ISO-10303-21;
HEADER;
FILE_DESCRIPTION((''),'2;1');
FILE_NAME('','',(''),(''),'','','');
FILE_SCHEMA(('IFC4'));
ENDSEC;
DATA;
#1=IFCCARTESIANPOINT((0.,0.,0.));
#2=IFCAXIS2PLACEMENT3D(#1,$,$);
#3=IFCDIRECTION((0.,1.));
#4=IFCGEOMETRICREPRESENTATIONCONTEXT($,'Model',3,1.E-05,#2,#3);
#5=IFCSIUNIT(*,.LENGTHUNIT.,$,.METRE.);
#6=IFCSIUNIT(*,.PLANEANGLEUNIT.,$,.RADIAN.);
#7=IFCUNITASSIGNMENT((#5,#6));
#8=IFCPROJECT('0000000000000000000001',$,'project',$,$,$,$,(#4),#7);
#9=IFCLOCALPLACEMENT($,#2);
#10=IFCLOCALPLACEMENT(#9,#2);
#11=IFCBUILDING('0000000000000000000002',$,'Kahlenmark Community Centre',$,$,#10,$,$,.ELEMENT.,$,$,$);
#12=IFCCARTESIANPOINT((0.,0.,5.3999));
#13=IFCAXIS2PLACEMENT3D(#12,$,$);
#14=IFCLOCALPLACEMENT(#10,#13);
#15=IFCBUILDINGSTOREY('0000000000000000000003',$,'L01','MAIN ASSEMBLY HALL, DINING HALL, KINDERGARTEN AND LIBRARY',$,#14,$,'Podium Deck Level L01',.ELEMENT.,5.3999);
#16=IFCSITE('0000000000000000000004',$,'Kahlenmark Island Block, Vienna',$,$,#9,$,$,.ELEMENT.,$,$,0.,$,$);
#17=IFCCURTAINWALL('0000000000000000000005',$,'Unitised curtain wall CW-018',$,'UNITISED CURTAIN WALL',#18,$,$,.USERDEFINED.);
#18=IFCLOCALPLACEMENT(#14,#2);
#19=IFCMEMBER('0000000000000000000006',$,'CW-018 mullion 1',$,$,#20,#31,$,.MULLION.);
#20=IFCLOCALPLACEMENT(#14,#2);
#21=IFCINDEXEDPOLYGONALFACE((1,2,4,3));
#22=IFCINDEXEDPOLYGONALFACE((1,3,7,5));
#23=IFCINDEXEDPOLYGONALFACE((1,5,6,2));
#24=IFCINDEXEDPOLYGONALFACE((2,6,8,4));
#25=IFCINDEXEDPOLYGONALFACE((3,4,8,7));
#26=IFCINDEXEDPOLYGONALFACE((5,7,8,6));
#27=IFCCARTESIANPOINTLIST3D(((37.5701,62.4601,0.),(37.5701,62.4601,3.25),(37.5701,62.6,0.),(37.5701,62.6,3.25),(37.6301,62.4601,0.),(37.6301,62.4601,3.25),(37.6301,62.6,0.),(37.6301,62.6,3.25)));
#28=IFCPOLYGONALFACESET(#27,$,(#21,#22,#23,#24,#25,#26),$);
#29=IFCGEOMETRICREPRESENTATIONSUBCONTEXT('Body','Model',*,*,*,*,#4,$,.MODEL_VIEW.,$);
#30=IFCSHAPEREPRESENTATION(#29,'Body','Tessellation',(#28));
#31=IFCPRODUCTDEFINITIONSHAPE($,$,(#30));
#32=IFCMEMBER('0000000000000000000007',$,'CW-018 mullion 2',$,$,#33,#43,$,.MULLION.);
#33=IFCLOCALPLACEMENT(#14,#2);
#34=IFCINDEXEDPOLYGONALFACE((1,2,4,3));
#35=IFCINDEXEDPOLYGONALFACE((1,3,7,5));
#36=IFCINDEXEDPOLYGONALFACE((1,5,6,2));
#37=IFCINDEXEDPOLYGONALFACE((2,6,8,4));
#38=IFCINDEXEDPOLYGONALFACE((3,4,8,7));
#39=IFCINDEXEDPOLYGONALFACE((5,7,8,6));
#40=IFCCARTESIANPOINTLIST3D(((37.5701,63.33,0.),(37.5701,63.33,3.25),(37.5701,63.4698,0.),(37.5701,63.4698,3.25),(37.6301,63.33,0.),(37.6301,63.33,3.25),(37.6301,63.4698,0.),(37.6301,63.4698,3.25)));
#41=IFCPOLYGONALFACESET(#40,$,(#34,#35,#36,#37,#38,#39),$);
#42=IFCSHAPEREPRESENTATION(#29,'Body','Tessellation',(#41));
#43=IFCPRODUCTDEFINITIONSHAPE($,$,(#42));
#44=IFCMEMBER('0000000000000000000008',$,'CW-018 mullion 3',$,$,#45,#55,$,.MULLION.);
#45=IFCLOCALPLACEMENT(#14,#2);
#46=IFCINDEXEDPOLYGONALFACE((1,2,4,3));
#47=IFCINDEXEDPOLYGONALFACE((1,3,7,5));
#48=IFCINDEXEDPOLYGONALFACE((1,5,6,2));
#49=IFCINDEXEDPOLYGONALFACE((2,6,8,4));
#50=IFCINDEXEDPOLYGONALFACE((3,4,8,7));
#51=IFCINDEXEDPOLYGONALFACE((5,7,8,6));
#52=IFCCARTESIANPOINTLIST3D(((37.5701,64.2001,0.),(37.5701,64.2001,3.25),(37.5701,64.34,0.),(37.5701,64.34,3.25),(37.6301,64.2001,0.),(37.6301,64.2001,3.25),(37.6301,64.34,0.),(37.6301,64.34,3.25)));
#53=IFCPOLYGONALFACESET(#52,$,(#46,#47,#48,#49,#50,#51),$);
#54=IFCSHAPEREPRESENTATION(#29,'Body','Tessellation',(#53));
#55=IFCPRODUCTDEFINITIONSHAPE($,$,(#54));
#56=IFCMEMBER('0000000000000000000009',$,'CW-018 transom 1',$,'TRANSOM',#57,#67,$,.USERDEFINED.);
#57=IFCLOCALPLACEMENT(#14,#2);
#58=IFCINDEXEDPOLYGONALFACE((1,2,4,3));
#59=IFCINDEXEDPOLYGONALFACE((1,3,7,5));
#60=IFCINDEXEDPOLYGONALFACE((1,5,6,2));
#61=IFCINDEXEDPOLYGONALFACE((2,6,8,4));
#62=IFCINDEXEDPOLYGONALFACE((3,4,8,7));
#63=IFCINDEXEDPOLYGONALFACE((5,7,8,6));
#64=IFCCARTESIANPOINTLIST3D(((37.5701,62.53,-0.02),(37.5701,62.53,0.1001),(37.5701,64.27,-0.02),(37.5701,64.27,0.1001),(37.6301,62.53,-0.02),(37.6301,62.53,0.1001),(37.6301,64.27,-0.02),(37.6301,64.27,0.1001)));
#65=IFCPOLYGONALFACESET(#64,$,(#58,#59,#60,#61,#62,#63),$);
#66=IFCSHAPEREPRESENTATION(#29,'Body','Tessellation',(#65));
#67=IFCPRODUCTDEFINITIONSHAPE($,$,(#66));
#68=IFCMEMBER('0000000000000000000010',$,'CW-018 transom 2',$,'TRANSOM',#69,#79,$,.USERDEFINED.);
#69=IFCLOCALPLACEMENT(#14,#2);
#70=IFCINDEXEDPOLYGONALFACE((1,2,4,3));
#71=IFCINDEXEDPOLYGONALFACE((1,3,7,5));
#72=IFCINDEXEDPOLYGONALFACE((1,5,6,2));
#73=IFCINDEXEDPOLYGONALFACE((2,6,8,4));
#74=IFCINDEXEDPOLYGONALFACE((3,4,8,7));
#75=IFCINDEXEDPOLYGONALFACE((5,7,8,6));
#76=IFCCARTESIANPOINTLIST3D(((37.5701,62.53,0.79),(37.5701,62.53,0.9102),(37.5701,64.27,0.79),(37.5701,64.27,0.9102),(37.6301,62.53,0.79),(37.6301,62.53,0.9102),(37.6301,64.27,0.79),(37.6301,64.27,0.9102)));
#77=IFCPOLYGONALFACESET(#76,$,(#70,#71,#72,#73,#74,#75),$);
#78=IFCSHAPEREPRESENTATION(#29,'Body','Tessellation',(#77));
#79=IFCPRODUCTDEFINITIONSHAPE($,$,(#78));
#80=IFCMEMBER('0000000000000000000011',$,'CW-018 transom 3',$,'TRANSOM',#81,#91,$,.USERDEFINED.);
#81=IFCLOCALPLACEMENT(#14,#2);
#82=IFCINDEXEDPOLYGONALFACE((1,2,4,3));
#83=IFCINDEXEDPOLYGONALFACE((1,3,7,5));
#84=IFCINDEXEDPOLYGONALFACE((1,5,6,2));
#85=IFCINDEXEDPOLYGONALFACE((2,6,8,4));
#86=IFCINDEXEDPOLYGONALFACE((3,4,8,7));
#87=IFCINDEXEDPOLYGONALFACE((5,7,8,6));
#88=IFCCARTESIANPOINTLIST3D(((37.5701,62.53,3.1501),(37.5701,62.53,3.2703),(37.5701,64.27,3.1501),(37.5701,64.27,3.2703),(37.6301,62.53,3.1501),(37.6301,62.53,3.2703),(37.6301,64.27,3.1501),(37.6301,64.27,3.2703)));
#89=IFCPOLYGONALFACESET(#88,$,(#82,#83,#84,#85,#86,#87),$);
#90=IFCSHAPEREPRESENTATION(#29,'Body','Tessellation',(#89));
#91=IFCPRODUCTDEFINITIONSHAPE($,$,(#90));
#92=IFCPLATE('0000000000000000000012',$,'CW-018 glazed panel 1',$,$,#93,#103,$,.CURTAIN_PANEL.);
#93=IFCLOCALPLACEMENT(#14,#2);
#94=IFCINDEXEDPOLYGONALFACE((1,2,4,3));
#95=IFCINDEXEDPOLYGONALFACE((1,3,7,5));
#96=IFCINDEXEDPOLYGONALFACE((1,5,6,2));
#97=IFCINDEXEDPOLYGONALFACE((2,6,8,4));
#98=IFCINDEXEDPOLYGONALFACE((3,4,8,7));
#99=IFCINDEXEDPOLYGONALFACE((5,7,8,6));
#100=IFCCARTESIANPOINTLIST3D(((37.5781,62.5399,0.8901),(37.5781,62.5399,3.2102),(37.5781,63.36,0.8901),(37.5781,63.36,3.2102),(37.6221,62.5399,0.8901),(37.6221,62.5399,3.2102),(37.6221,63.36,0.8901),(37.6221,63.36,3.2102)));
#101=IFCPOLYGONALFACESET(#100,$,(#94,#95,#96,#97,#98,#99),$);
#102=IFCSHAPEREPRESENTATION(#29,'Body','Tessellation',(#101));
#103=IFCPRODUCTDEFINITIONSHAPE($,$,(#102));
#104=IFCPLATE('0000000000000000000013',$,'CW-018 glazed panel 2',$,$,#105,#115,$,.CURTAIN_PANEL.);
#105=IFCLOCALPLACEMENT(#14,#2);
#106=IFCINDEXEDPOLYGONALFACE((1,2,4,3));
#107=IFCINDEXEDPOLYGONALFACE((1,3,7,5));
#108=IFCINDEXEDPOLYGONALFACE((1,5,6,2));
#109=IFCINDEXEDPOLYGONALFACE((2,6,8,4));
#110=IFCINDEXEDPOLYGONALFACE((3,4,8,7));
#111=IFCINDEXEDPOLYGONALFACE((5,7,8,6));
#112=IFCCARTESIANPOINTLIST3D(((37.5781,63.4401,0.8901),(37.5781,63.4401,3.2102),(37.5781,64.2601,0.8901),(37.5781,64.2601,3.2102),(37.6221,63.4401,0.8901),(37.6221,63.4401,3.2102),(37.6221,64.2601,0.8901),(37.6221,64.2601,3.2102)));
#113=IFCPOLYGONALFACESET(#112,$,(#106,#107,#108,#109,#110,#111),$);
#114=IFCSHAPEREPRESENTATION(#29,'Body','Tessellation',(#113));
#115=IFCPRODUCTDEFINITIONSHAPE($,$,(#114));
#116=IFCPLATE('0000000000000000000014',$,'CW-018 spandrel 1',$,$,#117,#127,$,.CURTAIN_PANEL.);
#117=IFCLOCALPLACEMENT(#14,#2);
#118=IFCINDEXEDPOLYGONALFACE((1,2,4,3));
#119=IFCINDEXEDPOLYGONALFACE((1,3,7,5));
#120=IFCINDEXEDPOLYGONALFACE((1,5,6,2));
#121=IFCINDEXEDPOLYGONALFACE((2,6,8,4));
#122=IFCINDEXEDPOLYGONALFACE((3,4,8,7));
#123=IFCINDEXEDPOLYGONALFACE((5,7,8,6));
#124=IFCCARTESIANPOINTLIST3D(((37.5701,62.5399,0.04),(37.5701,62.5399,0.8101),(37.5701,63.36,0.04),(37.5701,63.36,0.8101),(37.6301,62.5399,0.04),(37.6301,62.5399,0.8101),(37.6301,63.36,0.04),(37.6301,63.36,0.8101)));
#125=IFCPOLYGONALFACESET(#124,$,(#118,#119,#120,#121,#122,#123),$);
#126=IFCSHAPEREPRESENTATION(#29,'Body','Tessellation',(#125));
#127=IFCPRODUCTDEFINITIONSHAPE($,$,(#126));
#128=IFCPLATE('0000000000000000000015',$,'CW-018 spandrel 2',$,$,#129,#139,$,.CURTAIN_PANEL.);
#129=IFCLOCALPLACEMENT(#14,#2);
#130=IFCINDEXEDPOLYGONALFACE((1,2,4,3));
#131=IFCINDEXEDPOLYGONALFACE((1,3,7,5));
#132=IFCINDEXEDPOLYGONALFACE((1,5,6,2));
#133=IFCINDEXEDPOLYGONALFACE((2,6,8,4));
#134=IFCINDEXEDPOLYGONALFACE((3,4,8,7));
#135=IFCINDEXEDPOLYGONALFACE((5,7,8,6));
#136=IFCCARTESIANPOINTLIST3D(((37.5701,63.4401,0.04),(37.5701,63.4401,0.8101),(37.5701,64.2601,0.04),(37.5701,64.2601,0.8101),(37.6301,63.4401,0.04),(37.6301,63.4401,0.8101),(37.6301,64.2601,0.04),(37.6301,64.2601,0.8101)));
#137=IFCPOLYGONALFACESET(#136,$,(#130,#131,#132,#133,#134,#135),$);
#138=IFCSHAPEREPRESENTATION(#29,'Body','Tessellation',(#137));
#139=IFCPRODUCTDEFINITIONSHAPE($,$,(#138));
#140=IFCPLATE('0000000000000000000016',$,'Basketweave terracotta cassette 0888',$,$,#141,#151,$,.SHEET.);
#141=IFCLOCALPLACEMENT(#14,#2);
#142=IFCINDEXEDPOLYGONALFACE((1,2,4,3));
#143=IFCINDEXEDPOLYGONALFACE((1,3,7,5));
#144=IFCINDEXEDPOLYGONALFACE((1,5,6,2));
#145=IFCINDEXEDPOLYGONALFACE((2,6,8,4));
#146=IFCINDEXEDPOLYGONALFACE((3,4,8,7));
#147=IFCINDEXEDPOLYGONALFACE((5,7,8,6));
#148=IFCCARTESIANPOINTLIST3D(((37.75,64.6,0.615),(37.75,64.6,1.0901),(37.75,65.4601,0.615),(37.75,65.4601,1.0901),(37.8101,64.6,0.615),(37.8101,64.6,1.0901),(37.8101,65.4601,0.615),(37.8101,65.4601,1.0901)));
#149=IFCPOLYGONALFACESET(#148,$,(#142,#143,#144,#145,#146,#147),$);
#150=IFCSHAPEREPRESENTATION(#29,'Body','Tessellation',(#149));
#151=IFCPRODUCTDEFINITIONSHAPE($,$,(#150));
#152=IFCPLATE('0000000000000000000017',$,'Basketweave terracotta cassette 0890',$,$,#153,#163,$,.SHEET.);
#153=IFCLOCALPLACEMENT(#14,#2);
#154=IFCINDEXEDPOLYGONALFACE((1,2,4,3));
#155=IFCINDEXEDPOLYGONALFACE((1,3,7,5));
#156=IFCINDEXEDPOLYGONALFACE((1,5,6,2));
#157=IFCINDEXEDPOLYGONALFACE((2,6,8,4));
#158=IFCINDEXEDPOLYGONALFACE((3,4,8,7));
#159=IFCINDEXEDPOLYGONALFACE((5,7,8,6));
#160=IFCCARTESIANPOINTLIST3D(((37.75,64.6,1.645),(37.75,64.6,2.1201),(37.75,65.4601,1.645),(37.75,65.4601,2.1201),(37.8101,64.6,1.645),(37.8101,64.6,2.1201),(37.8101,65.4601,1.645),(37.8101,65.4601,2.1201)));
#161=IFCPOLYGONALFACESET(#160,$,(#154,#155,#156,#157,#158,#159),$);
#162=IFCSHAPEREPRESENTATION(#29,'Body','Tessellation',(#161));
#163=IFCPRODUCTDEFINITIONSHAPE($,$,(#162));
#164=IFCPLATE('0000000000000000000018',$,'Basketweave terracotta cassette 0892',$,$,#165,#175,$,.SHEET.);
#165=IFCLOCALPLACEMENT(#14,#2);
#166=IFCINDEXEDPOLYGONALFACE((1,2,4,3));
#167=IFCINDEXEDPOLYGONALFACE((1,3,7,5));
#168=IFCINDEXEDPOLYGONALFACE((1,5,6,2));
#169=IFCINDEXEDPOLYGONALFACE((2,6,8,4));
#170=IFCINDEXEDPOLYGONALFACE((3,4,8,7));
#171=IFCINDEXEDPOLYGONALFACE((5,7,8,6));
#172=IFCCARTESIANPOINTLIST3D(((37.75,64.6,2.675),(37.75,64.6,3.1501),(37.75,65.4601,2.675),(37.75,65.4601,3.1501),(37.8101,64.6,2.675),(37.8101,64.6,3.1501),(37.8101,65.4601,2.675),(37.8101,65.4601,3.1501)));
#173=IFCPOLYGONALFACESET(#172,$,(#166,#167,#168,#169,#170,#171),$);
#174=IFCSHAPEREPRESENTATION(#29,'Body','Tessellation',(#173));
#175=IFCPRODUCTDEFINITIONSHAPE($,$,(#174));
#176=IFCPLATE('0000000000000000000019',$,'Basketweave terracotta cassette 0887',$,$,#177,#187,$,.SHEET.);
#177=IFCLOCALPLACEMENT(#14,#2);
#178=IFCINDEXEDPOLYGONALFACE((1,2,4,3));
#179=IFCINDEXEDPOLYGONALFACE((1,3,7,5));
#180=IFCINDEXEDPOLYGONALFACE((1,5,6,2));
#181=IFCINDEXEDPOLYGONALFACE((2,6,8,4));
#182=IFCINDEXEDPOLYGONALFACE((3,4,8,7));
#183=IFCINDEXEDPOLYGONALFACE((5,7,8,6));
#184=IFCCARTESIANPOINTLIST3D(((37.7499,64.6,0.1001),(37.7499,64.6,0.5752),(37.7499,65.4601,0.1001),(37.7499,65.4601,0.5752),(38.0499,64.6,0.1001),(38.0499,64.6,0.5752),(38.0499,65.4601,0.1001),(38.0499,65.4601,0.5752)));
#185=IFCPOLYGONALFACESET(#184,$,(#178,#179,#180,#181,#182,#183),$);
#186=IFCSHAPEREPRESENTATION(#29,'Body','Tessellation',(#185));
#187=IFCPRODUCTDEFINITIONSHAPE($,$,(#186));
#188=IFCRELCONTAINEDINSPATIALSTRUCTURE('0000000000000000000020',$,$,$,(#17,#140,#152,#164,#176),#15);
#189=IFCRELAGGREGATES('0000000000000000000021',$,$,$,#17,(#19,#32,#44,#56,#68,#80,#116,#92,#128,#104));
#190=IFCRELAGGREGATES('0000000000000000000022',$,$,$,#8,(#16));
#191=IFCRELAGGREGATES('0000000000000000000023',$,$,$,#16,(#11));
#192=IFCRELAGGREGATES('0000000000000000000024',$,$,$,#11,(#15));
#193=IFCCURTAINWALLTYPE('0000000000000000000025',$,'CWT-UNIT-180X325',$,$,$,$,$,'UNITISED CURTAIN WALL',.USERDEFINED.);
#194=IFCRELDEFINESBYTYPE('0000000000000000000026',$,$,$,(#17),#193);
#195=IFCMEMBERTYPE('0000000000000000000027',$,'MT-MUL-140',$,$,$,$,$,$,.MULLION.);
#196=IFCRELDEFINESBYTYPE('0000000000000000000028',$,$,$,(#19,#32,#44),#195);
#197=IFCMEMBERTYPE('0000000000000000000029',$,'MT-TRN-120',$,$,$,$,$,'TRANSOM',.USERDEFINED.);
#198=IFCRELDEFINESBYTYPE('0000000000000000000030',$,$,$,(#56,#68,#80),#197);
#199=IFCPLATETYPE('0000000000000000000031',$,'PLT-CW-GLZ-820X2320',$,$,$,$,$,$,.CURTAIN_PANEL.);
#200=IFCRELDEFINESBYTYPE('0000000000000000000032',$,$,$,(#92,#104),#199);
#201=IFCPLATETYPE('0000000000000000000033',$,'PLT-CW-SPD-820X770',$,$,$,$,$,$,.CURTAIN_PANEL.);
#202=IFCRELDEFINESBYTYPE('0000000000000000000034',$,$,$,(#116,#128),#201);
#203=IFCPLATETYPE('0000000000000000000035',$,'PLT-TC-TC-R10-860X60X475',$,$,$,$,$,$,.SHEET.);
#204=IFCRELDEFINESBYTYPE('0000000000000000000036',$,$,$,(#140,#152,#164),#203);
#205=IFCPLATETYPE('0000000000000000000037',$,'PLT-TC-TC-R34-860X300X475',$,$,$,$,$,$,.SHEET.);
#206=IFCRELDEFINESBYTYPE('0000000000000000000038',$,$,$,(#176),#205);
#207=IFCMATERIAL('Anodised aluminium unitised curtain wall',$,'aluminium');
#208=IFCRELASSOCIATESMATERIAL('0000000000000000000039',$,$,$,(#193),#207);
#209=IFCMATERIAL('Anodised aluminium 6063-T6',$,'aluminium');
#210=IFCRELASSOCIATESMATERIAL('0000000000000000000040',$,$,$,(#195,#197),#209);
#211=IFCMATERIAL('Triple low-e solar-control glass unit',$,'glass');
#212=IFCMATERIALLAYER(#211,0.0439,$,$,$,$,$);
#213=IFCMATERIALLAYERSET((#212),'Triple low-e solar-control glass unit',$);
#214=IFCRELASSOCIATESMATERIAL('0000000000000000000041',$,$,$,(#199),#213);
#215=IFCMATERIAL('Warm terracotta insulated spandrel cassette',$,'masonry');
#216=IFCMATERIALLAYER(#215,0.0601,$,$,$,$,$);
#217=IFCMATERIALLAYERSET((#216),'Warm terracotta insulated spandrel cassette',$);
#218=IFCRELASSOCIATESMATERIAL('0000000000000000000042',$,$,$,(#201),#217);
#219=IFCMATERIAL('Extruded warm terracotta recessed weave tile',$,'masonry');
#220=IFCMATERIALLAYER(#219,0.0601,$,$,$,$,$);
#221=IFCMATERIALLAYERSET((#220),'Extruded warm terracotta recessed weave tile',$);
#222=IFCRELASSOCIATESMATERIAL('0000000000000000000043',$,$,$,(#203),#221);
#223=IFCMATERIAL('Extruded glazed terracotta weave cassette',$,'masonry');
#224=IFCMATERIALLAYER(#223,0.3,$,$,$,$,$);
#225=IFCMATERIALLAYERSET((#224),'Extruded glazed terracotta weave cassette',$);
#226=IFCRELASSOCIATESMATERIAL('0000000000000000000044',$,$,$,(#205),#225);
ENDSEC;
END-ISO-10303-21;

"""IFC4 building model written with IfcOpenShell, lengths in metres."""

from ifc_helpers import new_model, si_unit, direction, frame, origin, origin_2d, place, context, subcontext, project, spatial, rectangle, extrude, material, layer, layer_set, material_profile, profile_set, type_object, element, aggregate, save


model = new_model("IFC4")

# Units and contexts
model_context = context("Model", 3, precision=1e-05, world=origin(), true_north=direction((0.0, 1.0)))
body_context = subcontext(model_context, "Body", "Model", "MODEL_VIEW")
ifc_project = project(units=[si_unit("LENGTHUNIT", "METRE"), si_unit("PLANEANGLEUNIT", "RADIAN")], contexts=[model_context])

# Site, building, storey
site_placement = place(None, origin())
site = spatial("IfcSite", under=ifc_project, at=site_placement, Name="Kahlenmark Island Block, Vienna", CompositionType="ELEMENT", RefElevation=0.0)
building_placement = place(site_placement, origin())
building = spatial("IfcBuilding", under=site, at=building_placement, Name="Kahlenmark Community Centre", CompositionType="ELEMENT")
storey_placement = place(building_placement, frame((0.0, 0.0, 5.3999)))
storey = spatial("IfcBuildingStorey", under=building, at=storey_placement, Name="L01", Description="MAIN ASSEMBLY HALL, DINING HALL, KINDERGARTEN AND LIBRARY", LongName="Podium Deck Level L01", CompositionType="ELEMENT", Elevation=5.3999)

# Curtain wall, members, plates
ifc_material_1 = material(Name="Anodised aluminium unitised curtain wall", Category="aluminium")
curtain_wall_type = type_object("IfcCurtainWallType", Name="CWT-UNIT-180X325", ElementType="UNITISED CURTAIN WALL", PredefinedType="USERDEFINED", material=ifc_material_1)
curtain_wall_placement = place(storey_placement, origin())
curtain_wall = element("IfcCurtainWall", 1, at=curtain_wall_placement, inside=storey, type_object=curtain_wall_type, Name="Unitised curtain wall CW-018", ObjectType="UNITISED CURTAIN WALL", PredefinedType="USERDEFINED")
ifc_material_2 = material(Name="Anodised aluminium 6063-T6", Category="aluminium")
ifc_material_profile_1 = material_profile(ifc_material_2, rectangle(XDim=0.0601, YDim=0.1399, at=origin_2d()), Name="ALU MULLION 60x140")
ifc_profile_set_1 = profile_set([ifc_material_profile_1], Name="Anodised aluminium 6063-T6")
member_type_1 = type_object("IfcMemberType", Name="MT-MUL-140", PredefinedType="MULLION", material=ifc_profile_set_1)
member_1_placement = place(storey_placement, frame((37.6001, 62.53, 0.0), z_axis=(0.0, 0.0, 1.0), x_axis=(-1.0, 0.0, 0.0)))
member_1 = element("IfcMember", 2, at=member_1_placement, type_object=member_type_1, Name="CW-018 mullion 1", PredefinedType="MULLION", context=body_context, shape_type="SweptSolid", body=[
    extrude(rectangle(XDim=0.0601, YDim=0.1399, at=origin_2d()), origin(), (0.0, 0.0, 1.0), 3.25),
])
member_2_placement = place(storey_placement, frame((37.6001, 63.3999, 0.0), z_axis=(0.0, 0.0, 1.0), x_axis=(-1.0, 0.0, 0.0)))
member_2 = element("IfcMember", 3, at=member_2_placement, type_object=member_type_1, Name="CW-018 mullion 2", PredefinedType="MULLION", context=body_context, shape_type="SweptSolid", body=[
    extrude(rectangle(XDim=0.0601, YDim=0.1399, at=origin_2d()), origin(), (0.0, 0.0, 1.0), 3.25),
])
member_3_placement = place(storey_placement, frame((37.6001, 64.27, 0.0), z_axis=(0.0, 0.0, 1.0), x_axis=(-1.0, 0.0, 0.0)))
member_3 = element("IfcMember", 4, at=member_3_placement, type_object=member_type_1, Name="CW-018 mullion 3", PredefinedType="MULLION", context=body_context, shape_type="SweptSolid", body=[
    extrude(rectangle(XDim=0.0601, YDim=0.1399, at=origin_2d()), origin(), (0.0, 0.0, 1.0), 3.25),
])
ifc_material_profile_2 = material_profile(ifc_material_2, rectangle(XDim=0.0601, YDim=0.1201, at=origin_2d()), Name="ALU TRANSOM 60x120")
ifc_profile_set_2 = profile_set([ifc_material_profile_2], Name="Anodised aluminium 6063-T6")
member_type_2 = type_object("IfcMemberType", Name="MT-TRN-120", ElementType="TRANSOM", PredefinedType="USERDEFINED", material=ifc_profile_set_2)
member_4_placement = place(storey_placement, frame((37.6001, 62.53, 0.04), z_axis=(0.0, 1.0, 0.0), x_axis=(-1.0, 0.0, 0.0)))
member_4 = element("IfcMember", 5, at=member_4_placement, type_object=member_type_2, Name="CW-018 transom 1", ObjectType="TRANSOM", PredefinedType="USERDEFINED", context=body_context, shape_type="SweptSolid", body=[
    extrude(rectangle(XDim=0.0601, YDim=0.1201, at=origin_2d()), origin(), (0.0, 0.0, 1.0), 1.74),
])
member_5_placement = place(storey_placement, frame((37.6001, 62.53, 0.8501), z_axis=(0.0, 1.0, 0.0), x_axis=(-1.0, 0.0, 0.0)))
member_5 = element("IfcMember", 6, at=member_5_placement, type_object=member_type_2, Name="CW-018 transom 2", ObjectType="TRANSOM", PredefinedType="USERDEFINED", context=body_context, shape_type="SweptSolid", body=[
    extrude(rectangle(XDim=0.0601, YDim=0.1201, at=origin_2d()), origin(), (0.0, 0.0, 1.0), 1.74),
])
member_6_placement = place(storey_placement, frame((37.6001, 62.53, 3.2102), z_axis=(0.0, 1.0, 0.0), x_axis=(-1.0, 0.0, 0.0)))
member_6 = element("IfcMember", 7, at=member_6_placement, type_object=member_type_2, Name="CW-018 transom 3", ObjectType="TRANSOM", PredefinedType="USERDEFINED", context=body_context, shape_type="SweptSolid", body=[
    extrude(rectangle(XDim=0.0601, YDim=0.1201, at=origin_2d()), origin(), (0.0, 0.0, 1.0), 1.74),
])
ifc_material_3 = material(Name="Triple low-e solar-control glass unit", Category="glass")
ifc_layer_1 = layer(ifc_material_3, 0.0439)
ifc_layer_set_1 = layer_set([ifc_layer_1], Name="Triple low-e solar-control glass unit")
plate_type_1 = type_object("IfcPlateType", Name="PLT-CW-GLZ-820X2320", PredefinedType="CURTAIN_PANEL", material=ifc_layer_set_1)
plate_1_placement = place(storey_placement, frame((37.6001, 62.95, 0.8901), z_axis=(0.0, 0.0, 1.0), x_axis=(0.0, 1.0, 0.0)))
plate_1 = element("IfcPlate", 8, at=plate_1_placement, type_object=plate_type_1, Name="CW-018 glazed panel 1", PredefinedType="CURTAIN_PANEL", context=body_context, shape_type="SweptSolid", body=[
    extrude(rectangle(XDim=0.8201, YDim=0.0439, at=origin_2d()), origin(), (0.0, 0.0, 1.0), 2.3201),
])
plate_2_placement = place(storey_placement, frame((37.6001, 63.8501, 0.8901), z_axis=(0.0, 0.0, 1.0), x_axis=(0.0, 1.0, 0.0)))
plate_2 = element("IfcPlate", 9, at=plate_2_placement, type_object=plate_type_1, Name="CW-018 glazed panel 2", PredefinedType="CURTAIN_PANEL", context=body_context, shape_type="SweptSolid", body=[
    extrude(rectangle(XDim=0.8201, YDim=0.0439, at=origin_2d()), origin(), (0.0, 0.0, 1.0), 2.3201),
])
ifc_material_4 = material(Name="Warm terracotta insulated spandrel cassette", Category="masonry")
ifc_layer_2 = layer(ifc_material_4, 0.0601)
ifc_layer_set_2 = layer_set([ifc_layer_2], Name="Warm terracotta insulated spandrel cassette")
plate_type_2 = type_object("IfcPlateType", Name="PLT-CW-SPD-820X770", PredefinedType="CURTAIN_PANEL", material=ifc_layer_set_2)
plate_3_placement = place(storey_placement, frame((37.6001, 62.95, 0.04), z_axis=(0.0, 0.0, 1.0), x_axis=(0.0, 1.0, 0.0)))
plate_3 = element("IfcPlate", 10, at=plate_3_placement, type_object=plate_type_2, Name="CW-018 spandrel 1", PredefinedType="CURTAIN_PANEL", context=body_context, shape_type="SweptSolid", body=[
    extrude(rectangle(XDim=0.8201, YDim=0.0601, at=origin_2d()), origin(), (0.0, 0.0, 1.0), 0.77),
])
plate_4_placement = place(storey_placement, frame((37.6001, 63.8501, 0.04), z_axis=(0.0, 0.0, 1.0), x_axis=(0.0, 1.0, 0.0)))
plate_4 = element("IfcPlate", 11, at=plate_4_placement, type_object=plate_type_2, Name="CW-018 spandrel 2", PredefinedType="CURTAIN_PANEL", context=body_context, shape_type="SweptSolid", body=[
    extrude(rectangle(XDim=0.8201, YDim=0.0601, at=origin_2d()), origin(), (0.0, 0.0, 1.0), 0.77),
])
aggregate(curtain_wall, [member_1, member_2, member_3, member_4, member_5, member_6, plate_3, plate_1, plate_4, plate_2])

# Plates
ifc_material_5 = material(Name="Extruded warm terracotta recessed weave tile", Category="masonry")
ifc_layer_3 = layer(ifc_material_5, 0.0601)
ifc_layer_set_3 = layer_set([ifc_layer_3], Name="Extruded warm terracotta recessed weave tile")
plate_type_3 = type_object("IfcPlateType", Name="PLT-TC-TC-R10-860X60X475", PredefinedType="SHEET", material=ifc_layer_set_3)
for number, where, z_axis, x_axis, name in (
    (12, (37.78, 65.03, 0.615), (0.0, 0.0, 1.0), (0.0, 1.0, 0.0), "Basketweave terracotta cassette 0888"),
    (13, (37.78, 65.03, 1.645), (0.0, 0.0, 1.0), (0.0, 1.0, 0.0), "Basketweave terracotta cassette 0890"),
    (14, (37.78, 65.03, 2.675), (0.0, 0.0, 1.0), (0.0, 1.0, 0.0), "Basketweave terracotta cassette 0892"),
):
    element("IfcPlate", number, at=place(storey_placement, frame(where, z_axis=z_axis, x_axis=x_axis)), inside=storey, type_object=plate_type_3, Name=name, PredefinedType="SHEET", context=body_context, shape_type="SweptSolid", body=[
        extrude(rectangle(XDim=0.8601, YDim=0.0601, at=origin_2d()), origin(), (0.0, 0.0, 1.0), 0.4751),
    ])
ifc_material_6 = material(Name="Extruded glazed terracotta weave cassette", Category="masonry")
ifc_layer_4 = layer(ifc_material_6, 0.3)
ifc_layer_set_4 = layer_set([ifc_layer_4], Name="Extruded glazed terracotta weave cassette")
plate_type_4 = type_object("IfcPlateType", Name="PLT-TC-TC-R34-860X300X475", PredefinedType="SHEET", material=ifc_layer_set_4)
plate_5_placement = place(storey_placement, frame((37.8999, 65.03, 0.1001), z_axis=(0.0, 0.0, 1.0), x_axis=(0.0, 1.0, 0.0)))
element("IfcPlate", 15, at=plate_5_placement, inside=storey, type_object=plate_type_4, Name="Basketweave terracotta cassette 0887", PredefinedType="SHEET", context=body_context, shape_type="SweptSolid", body=[
    extrude(rectangle(XDim=0.8601, YDim=0.3, at=origin_2d()), origin(), (0.0, 0.0, 1.0), 0.4751),
])

save(model, "model.ifc")
